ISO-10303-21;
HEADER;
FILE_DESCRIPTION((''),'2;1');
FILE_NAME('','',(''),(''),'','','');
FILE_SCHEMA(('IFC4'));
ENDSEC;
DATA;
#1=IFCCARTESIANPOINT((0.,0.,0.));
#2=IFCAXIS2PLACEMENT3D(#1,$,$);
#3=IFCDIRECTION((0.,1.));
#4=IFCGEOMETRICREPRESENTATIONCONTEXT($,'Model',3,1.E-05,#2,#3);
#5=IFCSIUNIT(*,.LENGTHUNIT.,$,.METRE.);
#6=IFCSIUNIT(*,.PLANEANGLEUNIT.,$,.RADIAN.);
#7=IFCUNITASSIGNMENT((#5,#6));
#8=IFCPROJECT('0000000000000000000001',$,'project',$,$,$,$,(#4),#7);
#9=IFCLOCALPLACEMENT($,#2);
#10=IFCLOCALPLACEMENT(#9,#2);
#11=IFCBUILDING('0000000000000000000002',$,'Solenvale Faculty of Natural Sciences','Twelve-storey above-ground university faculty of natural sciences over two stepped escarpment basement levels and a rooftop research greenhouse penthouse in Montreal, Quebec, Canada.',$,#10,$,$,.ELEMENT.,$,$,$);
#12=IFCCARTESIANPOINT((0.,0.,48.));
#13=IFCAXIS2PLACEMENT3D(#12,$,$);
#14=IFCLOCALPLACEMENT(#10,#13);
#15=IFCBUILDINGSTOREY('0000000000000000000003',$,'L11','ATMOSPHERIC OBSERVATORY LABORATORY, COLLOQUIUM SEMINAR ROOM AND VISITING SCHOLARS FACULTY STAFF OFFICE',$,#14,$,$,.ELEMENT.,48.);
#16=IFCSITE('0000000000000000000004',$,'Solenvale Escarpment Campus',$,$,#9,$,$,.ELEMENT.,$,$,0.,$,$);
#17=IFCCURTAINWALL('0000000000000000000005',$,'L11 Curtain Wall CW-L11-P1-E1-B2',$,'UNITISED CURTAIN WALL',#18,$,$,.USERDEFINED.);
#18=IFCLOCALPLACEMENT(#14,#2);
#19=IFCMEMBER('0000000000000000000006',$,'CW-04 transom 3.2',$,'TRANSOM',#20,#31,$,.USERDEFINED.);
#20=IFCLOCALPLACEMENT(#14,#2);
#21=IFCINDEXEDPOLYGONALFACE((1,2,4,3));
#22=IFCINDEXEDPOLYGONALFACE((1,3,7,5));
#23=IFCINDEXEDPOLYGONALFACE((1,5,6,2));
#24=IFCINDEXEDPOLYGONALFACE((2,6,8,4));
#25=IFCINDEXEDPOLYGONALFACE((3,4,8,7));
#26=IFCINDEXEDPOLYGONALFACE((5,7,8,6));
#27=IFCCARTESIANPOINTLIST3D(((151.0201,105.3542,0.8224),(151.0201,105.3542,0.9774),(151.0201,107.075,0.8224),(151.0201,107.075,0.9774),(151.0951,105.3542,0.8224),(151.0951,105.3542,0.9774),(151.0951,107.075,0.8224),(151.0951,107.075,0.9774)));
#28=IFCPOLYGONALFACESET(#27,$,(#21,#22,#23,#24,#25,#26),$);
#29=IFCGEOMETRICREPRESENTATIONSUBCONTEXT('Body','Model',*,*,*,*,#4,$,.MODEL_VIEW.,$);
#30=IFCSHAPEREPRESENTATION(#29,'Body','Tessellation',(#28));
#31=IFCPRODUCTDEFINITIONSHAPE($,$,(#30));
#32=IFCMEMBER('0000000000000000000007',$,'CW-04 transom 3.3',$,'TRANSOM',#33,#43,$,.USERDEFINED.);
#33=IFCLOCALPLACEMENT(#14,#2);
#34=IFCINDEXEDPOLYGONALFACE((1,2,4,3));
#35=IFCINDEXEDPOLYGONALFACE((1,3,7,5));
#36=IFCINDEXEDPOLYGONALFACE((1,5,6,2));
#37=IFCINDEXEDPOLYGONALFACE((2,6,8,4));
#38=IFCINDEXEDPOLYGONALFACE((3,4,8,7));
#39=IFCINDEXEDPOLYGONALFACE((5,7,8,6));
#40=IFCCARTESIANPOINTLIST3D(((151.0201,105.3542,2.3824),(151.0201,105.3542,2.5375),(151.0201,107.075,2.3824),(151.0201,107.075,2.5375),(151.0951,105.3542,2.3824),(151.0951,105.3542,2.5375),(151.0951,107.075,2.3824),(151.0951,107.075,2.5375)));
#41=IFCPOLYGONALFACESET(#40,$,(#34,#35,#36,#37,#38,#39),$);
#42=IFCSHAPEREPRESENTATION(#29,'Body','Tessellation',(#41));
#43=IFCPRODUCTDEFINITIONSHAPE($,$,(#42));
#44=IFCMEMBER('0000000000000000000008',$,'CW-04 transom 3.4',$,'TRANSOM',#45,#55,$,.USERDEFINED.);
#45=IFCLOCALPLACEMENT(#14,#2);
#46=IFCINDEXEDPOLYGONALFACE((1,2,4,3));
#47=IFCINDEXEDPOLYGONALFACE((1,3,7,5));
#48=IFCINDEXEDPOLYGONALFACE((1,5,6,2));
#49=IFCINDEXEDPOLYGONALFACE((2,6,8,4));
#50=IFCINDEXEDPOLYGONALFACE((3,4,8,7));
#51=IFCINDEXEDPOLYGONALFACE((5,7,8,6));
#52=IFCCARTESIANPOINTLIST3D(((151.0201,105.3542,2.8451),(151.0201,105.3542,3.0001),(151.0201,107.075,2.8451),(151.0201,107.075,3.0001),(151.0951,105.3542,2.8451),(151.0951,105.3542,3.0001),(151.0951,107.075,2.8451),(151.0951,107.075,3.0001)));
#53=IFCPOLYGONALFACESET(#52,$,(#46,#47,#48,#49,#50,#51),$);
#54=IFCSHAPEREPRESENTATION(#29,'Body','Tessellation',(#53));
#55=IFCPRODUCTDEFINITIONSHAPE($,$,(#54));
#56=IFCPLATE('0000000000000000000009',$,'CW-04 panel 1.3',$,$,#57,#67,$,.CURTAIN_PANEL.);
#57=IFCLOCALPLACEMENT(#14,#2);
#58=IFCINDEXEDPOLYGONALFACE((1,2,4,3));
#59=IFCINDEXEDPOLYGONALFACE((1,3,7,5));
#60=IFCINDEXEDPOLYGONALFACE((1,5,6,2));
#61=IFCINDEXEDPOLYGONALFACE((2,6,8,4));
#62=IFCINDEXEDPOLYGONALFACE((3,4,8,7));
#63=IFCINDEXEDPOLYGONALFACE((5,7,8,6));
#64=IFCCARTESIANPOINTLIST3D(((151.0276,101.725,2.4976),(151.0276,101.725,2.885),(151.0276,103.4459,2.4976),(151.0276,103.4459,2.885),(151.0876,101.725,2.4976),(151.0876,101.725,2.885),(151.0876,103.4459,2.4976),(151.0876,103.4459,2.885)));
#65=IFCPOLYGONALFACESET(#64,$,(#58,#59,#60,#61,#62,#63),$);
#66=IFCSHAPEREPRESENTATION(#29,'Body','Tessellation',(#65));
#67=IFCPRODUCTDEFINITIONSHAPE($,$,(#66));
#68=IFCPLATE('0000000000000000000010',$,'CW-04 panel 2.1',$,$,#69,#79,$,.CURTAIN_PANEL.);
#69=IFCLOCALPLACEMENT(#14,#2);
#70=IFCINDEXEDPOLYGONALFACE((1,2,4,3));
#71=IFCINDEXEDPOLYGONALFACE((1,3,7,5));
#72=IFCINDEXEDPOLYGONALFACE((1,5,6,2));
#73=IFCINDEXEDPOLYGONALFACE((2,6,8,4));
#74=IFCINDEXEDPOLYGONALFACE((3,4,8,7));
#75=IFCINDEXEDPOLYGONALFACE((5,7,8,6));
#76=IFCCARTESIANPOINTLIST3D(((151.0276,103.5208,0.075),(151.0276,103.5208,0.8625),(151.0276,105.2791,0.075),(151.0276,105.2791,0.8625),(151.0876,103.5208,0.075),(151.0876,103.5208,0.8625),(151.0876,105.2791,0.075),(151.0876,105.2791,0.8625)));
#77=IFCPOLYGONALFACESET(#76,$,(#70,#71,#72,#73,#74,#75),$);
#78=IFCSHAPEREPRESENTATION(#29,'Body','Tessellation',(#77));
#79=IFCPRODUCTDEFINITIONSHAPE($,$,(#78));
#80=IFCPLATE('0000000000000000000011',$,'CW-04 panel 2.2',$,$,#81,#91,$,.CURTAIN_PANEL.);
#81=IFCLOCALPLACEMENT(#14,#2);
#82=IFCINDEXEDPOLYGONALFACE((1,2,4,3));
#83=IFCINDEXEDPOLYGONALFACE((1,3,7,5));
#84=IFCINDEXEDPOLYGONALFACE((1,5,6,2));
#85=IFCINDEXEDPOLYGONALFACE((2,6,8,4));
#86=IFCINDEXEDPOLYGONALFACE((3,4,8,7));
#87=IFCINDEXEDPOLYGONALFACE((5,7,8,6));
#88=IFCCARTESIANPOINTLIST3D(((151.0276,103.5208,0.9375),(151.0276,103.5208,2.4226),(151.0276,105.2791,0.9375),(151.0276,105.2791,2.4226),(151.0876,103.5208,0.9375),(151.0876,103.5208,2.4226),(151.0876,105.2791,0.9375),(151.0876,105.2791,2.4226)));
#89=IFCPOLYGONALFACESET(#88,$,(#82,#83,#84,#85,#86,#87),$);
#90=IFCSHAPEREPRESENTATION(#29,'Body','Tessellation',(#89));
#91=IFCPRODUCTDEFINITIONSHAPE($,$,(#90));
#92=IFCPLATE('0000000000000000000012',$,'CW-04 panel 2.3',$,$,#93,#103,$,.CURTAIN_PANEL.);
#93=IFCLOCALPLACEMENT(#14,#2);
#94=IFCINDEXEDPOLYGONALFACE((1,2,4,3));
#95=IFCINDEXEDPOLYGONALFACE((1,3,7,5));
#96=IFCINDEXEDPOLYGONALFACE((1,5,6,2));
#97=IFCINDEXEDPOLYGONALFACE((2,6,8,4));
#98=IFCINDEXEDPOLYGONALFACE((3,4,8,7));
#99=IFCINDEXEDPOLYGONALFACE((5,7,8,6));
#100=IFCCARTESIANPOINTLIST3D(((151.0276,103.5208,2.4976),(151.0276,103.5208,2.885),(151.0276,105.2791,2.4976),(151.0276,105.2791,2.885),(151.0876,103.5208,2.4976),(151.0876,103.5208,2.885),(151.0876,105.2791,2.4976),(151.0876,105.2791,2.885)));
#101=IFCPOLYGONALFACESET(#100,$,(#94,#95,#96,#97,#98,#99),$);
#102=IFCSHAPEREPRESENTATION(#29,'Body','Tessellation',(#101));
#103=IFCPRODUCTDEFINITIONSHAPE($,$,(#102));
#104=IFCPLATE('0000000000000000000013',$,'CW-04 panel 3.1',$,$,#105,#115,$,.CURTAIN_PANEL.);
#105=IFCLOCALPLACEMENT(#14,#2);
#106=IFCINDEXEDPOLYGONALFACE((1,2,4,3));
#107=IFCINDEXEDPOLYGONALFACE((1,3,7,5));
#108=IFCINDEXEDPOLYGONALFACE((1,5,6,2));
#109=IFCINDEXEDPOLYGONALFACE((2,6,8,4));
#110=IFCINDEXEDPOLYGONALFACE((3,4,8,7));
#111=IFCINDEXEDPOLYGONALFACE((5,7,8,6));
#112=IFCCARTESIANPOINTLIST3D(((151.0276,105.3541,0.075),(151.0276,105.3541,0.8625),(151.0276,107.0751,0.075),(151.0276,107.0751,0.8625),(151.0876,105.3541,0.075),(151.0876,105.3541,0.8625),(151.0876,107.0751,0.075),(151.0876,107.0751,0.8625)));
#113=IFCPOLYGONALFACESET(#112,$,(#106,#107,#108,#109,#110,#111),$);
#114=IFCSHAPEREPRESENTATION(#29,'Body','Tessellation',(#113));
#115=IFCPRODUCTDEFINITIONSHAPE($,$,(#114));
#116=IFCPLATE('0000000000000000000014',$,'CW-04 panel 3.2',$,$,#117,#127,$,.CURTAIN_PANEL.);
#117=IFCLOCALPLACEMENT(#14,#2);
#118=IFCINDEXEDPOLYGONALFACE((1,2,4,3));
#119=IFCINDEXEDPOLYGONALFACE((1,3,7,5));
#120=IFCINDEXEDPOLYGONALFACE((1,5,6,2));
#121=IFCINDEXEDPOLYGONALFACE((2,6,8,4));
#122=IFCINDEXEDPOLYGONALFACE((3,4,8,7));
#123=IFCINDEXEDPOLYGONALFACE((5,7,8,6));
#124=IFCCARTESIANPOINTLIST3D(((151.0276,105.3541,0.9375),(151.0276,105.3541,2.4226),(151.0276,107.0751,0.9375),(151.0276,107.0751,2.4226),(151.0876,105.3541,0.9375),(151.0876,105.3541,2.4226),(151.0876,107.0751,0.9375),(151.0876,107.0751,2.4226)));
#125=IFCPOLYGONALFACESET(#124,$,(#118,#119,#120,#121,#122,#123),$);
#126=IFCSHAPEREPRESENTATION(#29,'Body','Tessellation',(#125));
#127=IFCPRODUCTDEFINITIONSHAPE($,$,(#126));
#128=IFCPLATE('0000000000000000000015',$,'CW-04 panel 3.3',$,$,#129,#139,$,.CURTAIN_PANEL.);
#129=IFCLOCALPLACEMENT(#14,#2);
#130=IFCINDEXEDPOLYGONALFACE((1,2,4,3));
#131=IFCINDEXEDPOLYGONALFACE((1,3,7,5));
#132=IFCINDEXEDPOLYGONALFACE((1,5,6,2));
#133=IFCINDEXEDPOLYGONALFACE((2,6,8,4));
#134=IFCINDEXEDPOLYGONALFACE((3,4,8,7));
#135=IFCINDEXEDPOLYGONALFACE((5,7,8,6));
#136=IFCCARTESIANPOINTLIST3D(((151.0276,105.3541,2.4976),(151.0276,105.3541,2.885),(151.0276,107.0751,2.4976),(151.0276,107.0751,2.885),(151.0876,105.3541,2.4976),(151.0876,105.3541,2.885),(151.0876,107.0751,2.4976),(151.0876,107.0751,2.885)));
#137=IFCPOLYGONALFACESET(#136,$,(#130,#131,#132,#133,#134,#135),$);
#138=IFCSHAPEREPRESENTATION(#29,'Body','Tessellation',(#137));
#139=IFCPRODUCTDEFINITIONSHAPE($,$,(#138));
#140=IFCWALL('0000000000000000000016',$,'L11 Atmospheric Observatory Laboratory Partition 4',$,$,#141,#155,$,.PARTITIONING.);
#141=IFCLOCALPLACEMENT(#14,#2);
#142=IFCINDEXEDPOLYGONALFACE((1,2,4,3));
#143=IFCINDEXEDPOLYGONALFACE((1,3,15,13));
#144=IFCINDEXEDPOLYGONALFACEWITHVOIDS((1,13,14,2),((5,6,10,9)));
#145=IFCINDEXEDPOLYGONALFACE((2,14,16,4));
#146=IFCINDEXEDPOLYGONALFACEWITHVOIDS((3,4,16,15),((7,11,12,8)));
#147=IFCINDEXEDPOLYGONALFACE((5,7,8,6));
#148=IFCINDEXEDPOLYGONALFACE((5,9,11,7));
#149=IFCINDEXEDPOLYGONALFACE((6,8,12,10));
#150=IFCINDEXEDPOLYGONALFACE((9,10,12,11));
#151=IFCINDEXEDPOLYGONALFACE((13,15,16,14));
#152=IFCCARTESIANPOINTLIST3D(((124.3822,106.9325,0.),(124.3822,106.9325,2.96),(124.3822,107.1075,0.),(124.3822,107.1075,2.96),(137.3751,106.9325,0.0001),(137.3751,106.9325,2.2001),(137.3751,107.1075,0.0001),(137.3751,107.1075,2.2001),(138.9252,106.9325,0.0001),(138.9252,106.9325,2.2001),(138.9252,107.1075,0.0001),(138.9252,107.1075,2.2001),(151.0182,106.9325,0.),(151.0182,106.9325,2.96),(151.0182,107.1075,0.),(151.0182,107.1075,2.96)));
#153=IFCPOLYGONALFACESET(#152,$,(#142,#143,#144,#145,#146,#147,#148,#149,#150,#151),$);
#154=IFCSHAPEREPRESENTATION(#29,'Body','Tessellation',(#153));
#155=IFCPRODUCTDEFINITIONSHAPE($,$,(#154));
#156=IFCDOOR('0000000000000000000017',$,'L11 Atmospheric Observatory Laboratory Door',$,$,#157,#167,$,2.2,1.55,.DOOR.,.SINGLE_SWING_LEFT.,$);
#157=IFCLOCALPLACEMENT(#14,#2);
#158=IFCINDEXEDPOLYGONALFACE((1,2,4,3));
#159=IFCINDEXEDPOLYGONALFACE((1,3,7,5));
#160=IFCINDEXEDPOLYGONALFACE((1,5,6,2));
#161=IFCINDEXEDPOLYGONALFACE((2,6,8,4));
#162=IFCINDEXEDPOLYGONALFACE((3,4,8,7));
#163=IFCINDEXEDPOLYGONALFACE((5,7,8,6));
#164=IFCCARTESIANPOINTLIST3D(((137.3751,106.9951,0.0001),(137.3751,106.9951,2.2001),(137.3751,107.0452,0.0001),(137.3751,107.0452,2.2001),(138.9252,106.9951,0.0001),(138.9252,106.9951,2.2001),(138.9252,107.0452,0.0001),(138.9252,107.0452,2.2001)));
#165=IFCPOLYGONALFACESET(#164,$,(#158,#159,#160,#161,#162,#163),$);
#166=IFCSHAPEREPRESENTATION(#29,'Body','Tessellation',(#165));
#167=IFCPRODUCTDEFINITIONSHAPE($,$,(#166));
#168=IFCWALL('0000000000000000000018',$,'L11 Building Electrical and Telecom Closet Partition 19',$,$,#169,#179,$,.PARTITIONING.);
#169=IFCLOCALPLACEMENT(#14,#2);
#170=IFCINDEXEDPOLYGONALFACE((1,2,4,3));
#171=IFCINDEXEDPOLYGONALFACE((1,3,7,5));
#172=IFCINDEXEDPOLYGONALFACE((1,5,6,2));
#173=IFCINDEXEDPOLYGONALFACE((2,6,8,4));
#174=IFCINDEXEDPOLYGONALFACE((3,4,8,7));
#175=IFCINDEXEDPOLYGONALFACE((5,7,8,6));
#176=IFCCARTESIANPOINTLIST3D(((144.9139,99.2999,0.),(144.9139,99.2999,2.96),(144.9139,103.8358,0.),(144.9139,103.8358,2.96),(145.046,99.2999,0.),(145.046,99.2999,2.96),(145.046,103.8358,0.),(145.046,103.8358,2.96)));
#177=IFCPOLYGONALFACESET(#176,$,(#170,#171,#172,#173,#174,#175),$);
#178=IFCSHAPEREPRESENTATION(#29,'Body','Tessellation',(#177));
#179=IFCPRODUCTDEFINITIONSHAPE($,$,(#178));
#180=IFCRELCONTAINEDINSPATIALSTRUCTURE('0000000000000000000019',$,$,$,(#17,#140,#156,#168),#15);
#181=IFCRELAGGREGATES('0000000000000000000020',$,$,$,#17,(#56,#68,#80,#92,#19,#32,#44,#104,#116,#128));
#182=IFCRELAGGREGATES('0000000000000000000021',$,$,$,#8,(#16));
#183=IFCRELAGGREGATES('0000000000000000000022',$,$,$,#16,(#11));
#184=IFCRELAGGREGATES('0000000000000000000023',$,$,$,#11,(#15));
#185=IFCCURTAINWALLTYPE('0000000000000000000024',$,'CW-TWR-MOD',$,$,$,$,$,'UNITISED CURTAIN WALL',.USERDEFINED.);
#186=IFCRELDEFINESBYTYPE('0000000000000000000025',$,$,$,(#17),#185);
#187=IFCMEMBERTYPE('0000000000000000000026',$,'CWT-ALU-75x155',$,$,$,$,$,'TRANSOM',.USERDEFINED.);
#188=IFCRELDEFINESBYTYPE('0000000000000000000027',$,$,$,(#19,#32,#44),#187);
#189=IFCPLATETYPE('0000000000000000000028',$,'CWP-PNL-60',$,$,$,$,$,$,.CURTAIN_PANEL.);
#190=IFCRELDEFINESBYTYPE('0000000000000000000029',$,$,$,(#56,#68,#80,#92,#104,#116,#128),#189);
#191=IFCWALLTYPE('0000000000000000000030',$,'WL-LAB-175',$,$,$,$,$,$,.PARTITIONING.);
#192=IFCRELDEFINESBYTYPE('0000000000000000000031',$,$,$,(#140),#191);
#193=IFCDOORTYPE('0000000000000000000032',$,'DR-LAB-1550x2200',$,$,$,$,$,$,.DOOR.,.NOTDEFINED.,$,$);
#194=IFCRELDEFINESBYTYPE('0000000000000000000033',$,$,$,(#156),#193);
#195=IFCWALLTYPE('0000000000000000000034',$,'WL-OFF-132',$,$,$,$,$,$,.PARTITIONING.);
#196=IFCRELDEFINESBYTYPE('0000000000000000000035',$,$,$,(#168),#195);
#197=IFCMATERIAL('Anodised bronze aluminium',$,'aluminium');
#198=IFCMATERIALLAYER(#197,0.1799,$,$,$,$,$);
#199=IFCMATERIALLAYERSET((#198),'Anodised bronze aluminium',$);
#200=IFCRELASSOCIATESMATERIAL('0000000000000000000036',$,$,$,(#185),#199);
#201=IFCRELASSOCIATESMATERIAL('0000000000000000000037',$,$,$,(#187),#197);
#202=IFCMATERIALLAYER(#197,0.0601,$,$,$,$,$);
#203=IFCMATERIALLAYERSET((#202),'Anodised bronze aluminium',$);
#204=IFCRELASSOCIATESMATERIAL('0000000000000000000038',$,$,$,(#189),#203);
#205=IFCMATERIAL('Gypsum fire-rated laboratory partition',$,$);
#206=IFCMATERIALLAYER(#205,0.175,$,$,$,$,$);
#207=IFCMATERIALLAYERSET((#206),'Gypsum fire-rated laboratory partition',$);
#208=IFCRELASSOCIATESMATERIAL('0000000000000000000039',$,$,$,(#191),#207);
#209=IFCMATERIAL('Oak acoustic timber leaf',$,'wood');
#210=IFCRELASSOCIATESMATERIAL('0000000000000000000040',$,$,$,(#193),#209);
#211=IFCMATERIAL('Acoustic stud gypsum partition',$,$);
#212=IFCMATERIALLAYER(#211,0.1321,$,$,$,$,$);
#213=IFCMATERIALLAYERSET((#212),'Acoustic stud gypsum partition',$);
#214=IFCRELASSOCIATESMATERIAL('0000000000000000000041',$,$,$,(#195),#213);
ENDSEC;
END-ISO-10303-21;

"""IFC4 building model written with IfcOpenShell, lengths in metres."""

from ifc_helpers import new_model, si_unit, direction, frame, frame_2d, origin, origin_2d, place, context, subcontext, project, spatial, rectangle, extrude, material, layer, layer_set, material_profile, profile_set, type_object, element, fill, aggregate, save


model = new_model("IFC4")

# Units and contexts
model_context = context("Model", 3, precision=1e-05, world=origin(), true_north=direction((0.0, 1.0)))
body_context = subcontext(model_context, "Body", "Model", "MODEL_VIEW")
ifc_project = project(units=[si_unit("LENGTHUNIT", "METRE"), si_unit("PLANEANGLEUNIT", "RADIAN")], contexts=[model_context])

# Site, building, storey
site_placement = place(None, origin())
site = spatial("IfcSite", under=ifc_project, at=site_placement, Name="Solenvale Escarpment Campus", CompositionType="ELEMENT", RefElevation=0.0)
building_placement = place(site_placement, origin())
building = spatial("IfcBuilding", under=site, at=building_placement, Name="Solenvale Faculty of Natural Sciences", Description="Twelve-storey above-ground university faculty of natural sciences over two stepped escarpment basement levels and a rooftop research greenhouse penthouse in Montreal, Quebec, Canada.", CompositionType="ELEMENT")
storey_placement = place(building_placement, frame((0.0, 0.0, 48.0)))
storey = spatial("IfcBuildingStorey", under=building, at=storey_placement, Name="L11", Description="ATMOSPHERIC OBSERVATORY LABORATORY, COLLOQUIUM SEMINAR ROOM AND VISITING SCHOLARS FACULTY STAFF OFFICE", CompositionType="ELEMENT", Elevation=48.0)

# Curtain wall, members, plates
ifc_material_1 = material(Name="Anodised bronze aluminium", Category="aluminium")
ifc_layer_1 = layer(ifc_material_1, 0.1799)
ifc_layer_set_1 = layer_set([ifc_layer_1], Name="Anodised bronze aluminium")
curtain_wall_type = type_object("IfcCurtainWallType", Name="CW-TWR-MOD", ElementType="UNITISED CURTAIN WALL", PredefinedType="USERDEFINED", material=ifc_layer_set_1)
curtain_wall_placement = place(storey_placement, origin())
curtain_wall = element("IfcCurtainWall", 1, at=curtain_wall_placement, inside=storey, type_object=curtain_wall_type, Name="L11 Curtain Wall CW-L11-P1-E1-B2", ObjectType="UNITISED CURTAIN WALL", PredefinedType="USERDEFINED")
ifc_material_profile_1 = material_profile(ifc_material_1, rectangle(XDim=0.075, YDim=0.155, at=origin_2d()), Name="ALU-TRN-75x155")
ifc_profile_set_1 = profile_set([ifc_material_profile_1], Name="Anodised bronze aluminium")
member_type_1 = type_object("IfcMemberType", Name="CWT-ALU-75x155", ElementType="TRANSOM", PredefinedType="USERDEFINED", material=ifc_profile_set_1)
member_1_placement = place(storey_placement, frame((151.0576, 105.3542, 0.8999), z_axis=(0.0, 1.0, 0.0), x_axis=(-1.0, 0.0, 0.0)))
member_1 = element("IfcMember", 2, at=member_1_placement, type_object=member_type_1, Name="CW-04 transom 3.2", ObjectType="TRANSOM", PredefinedType="USERDEFINED", context=body_context, shape_type="SweptSolid", body=[
    extrude(rectangle(XDim=0.075, YDim=0.155, at=origin_2d()), origin(), (0.0, 0.0, 1.0), 1.7207),
])
member_2_placement = place(storey_placement, frame((151.0576, 105.3542, 2.46), z_axis=(0.0, 1.0, 0.0), x_axis=(-1.0, 0.0, 0.0)))
member_2 = element("IfcMember", 3, at=member_2_placement, type_object=member_type_1, Name="CW-04 transom 3.3", ObjectType="TRANSOM", PredefinedType="USERDEFINED", context=body_context, shape_type="SweptSolid", body=[
    extrude(rectangle(XDim=0.075, YDim=0.155, at=origin_2d()), origin(), (0.0, 0.0, 1.0), 1.7207),
])
member_3_placement = place(storey_placement, frame((151.0576, 105.3542, 2.9226), z_axis=(0.0, 1.0, 0.0), x_axis=(-1.0, 0.0, 0.0)))
member_3 = element("IfcMember", 4, at=member_3_placement, type_object=member_type_1, Name="CW-04 transom 3.4", ObjectType="TRANSOM", PredefinedType="USERDEFINED", context=body_context, shape_type="SweptSolid", body=[
    extrude(rectangle(XDim=0.075, YDim=0.155, at=origin_2d()), origin(), (0.0, 0.0, 1.0), 1.7207),
])
ifc_layer_2 = layer(ifc_material_1, 0.0601)
ifc_layer_set_2 = layer_set([ifc_layer_2], Name="Anodised bronze aluminium")
plate_type = type_object("IfcPlateType", Name="CWP-PNL-60", PredefinedType="CURTAIN_PANEL", material=ifc_layer_set_2)
plate_1_placement = place(storey_placement, frame((151.0576, 102.5854, 2.4976), z_axis=(0.0, 0.0, 1.0), x_axis=(0.0, 1.0, 0.0)))
plate_1 = element("IfcPlate", 5, at=plate_1_placement, type_object=plate_type, Name="CW-04 panel 1.3", PredefinedType="CURTAIN_PANEL", context=body_context, shape_type="SweptSolid", body=[
    extrude(rectangle(XDim=1.7209, YDim=0.0601, at=origin_2d()), origin(), (0.0, 0.0, 1.0), 0.3875),
])
plate_2_placement = place(storey_placement, frame((151.0576, 104.3999, 0.075), z_axis=(0.0, 0.0, 1.0), x_axis=(0.0, 1.0, 0.0)))
plate_2 = element("IfcPlate", 6, at=plate_2_placement, type_object=plate_type, Name="CW-04 panel 2.1", PredefinedType="CURTAIN_PANEL", context=body_context, shape_type="SweptSolid", body=[
    extrude(rectangle(XDim=1.7583, YDim=0.0601, at=origin_2d()), origin(), (0.0, 0.0, 1.0), 0.7876),
])
plate_3_placement = place(storey_placement, frame((151.0576, 104.3999, 0.9375), z_axis=(0.0, 0.0, 1.0), x_axis=(0.0, 1.0, 0.0)))
plate_3 = element("IfcPlate", 7, at=plate_3_placement, type_object=plate_type, Name="CW-04 panel 2.2", PredefinedType="CURTAIN_PANEL", context=body_context, shape_type="SweptSolid", body=[
    extrude(rectangle(XDim=1.7583, YDim=0.0601, at=origin_2d()), origin(), (0.0, 0.0, 1.0), 1.4851),
])
plate_4_placement = place(storey_placement, frame((151.0576, 104.3999, 2.4976), z_axis=(0.0, 0.0, 1.0), x_axis=(0.0, 1.0, 0.0)))
plate_4 = element("IfcPlate", 8, at=plate_4_placement, type_object=plate_type, Name="CW-04 panel 2.3", PredefinedType="CURTAIN_PANEL", context=body_context, shape_type="SweptSolid", body=[
    extrude(rectangle(XDim=1.7583, YDim=0.0601, at=origin_2d()), origin(), (0.0, 0.0, 1.0), 0.3875),
])
plate_5_placement = place(storey_placement, frame((151.0576, 106.2146, 0.075), z_axis=(0.0, 0.0, 1.0), x_axis=(0.0, 1.0, 0.0)))
plate_5 = element("IfcPlate", 9, at=plate_5_placement, type_object=plate_type, Name="CW-04 panel 3.1", PredefinedType="CURTAIN_PANEL", context=body_context, shape_type="SweptSolid", body=[
    extrude(rectangle(XDim=1.7209, YDim=0.0601, at=origin_2d()), origin(), (0.0, 0.0, 1.0), 0.7876),
])
plate_6_placement = place(storey_placement, frame((151.0576, 106.2146, 0.9375), z_axis=(0.0, 0.0, 1.0), x_axis=(0.0, 1.0, 0.0)))
plate_6 = element("IfcPlate", 10, at=plate_6_placement, type_object=plate_type, Name="CW-04 panel 3.2", PredefinedType="CURTAIN_PANEL", context=body_context, shape_type="SweptSolid", body=[
    extrude(rectangle(XDim=1.7209, YDim=0.0601, at=origin_2d()), origin(), (0.0, 0.0, 1.0), 1.4851),
])
plate_7_placement = place(storey_placement, frame((151.0576, 106.2146, 2.4976), z_axis=(0.0, 0.0, 1.0), x_axis=(0.0, 1.0, 0.0)))
plate_7 = element("IfcPlate", 11, at=plate_7_placement, type_object=plate_type, Name="CW-04 panel 3.3", PredefinedType="CURTAIN_PANEL", context=body_context, shape_type="SweptSolid", body=[
    extrude(rectangle(XDim=1.7209, YDim=0.0601, at=origin_2d()), origin(), (0.0, 0.0, 1.0), 0.3875),
])
aggregate(curtain_wall, [plate_1, plate_2, plate_3, plate_4, member_1, member_2, member_3, plate_5, plate_6, plate_7])

# Wall, opening, door
ifc_material_2 = material(Name="Gypsum fire-rated laboratory partition")
ifc_layer_3 = layer(ifc_material_2, 0.175)
ifc_layer_set_3 = layer_set([ifc_layer_3], Name="Gypsum fire-rated laboratory partition")
wall_type_1 = type_object("IfcWallType", Name="WL-LAB-175", PredefinedType="PARTITIONING", material=ifc_layer_set_3)
wall_1_placement = place(storey_placement, frame((151.0181, 107.02, 0.0), z_axis=(0.0, 0.0, 1.0), x_axis=(-1.0, 0.0, 0.0)))
wall_1 = element("IfcWall", 12, at=wall_1_placement, inside=storey, type_object=wall_type_1, Name="L11 Atmospheric Observatory Laboratory Partition 4", PredefinedType="PARTITIONING", context=body_context, shape_type="SweptSolid", body=[
    extrude(rectangle(XDim=26.636, YDim=0.175, at=frame_2d((13.3179, 0.0))), origin(), (0.0, 0.0, 1.0), 2.96),
])
opening_1_placement = place(wall_1_placement, frame((12.093, 0.0, 0.0)))
opening_1 = element("IfcOpeningElement", 13, at=opening_1_placement, cuts=wall_1, PredefinedType="OPENING", context=body_context, shape_type="SweptSolid", body=[
    extrude(rectangle(XDim=1.55, YDim=2.2, at=frame_2d((0.7749, 1.1001))), frame((0.0, 0.0974, 0.0), z_axis=(0.0, -1.0, 0.0), x_axis=(1.0, 0.0, 0.0)), (0.0, 0.0, 1.0), 0.1951),
])
ifc_material_3 = material(Name="Oak acoustic timber leaf", Category="wood")
door_type_1 = type_object("IfcDoorType", Name="DR-LAB-1550x2200", OperationType="NOTDEFINED", PredefinedType="DOOR", material=ifc_material_3)
door_1_placement = place(opening_1_placement, origin())
door_1 = element("IfcDoor", 14, at=door_1_placement, inside=storey, type_object=door_type_1, Name="L11 Atmospheric Observatory Laboratory Door", OperationType="SINGLE_SWING_LEFT", OverallHeight=2.2, OverallWidth=1.55, PredefinedType="DOOR", context=body_context, shape_type="SweptSolid", body=[
    extrude(rectangle(XDim=1.55, YDim=2.2, at=frame_2d((0.7749, 1.1001))), frame((0.0, 0.0249, 0.0), z_axis=(0.0, -1.0, 0.0), x_axis=(1.0, 0.0, 0.0)), (0.0, 0.0, 1.0), 0.05),
])
fill(opening_1, door_1)

# Wall
ifc_material_4 = material(Name="Acoustic stud gypsum partition")
ifc_layer_4 = layer(ifc_material_4, 0.1321)
ifc_layer_set_4 = layer_set([ifc_layer_4], Name="Acoustic stud gypsum partition")
wall_type_2 = type_object("IfcWallType", Name="WL-OFF-132", PredefinedType="PARTITIONING", material=ifc_layer_set_4)
wall_2_placement = place(storey_placement, frame((144.98, 103.8359, 0.0), z_axis=(0.0, 0.0, 1.0), x_axis=(0.0, -1.0, 0.0)))
element("IfcWall", 15, at=wall_2_placement, inside=storey, type_object=wall_type_2, Name="L11 Building Electrical and Telecom Closet Partition 19", PredefinedType="PARTITIONING", context=body_context, shape_type="SweptSolid", body=[
    extrude(rectangle(XDim=4.5359, YDim=0.1321, at=frame_2d((2.2681, 0.0))), origin(), (0.0, 0.0, 1.0), 2.96),
])

save(model, "model.ifc")
